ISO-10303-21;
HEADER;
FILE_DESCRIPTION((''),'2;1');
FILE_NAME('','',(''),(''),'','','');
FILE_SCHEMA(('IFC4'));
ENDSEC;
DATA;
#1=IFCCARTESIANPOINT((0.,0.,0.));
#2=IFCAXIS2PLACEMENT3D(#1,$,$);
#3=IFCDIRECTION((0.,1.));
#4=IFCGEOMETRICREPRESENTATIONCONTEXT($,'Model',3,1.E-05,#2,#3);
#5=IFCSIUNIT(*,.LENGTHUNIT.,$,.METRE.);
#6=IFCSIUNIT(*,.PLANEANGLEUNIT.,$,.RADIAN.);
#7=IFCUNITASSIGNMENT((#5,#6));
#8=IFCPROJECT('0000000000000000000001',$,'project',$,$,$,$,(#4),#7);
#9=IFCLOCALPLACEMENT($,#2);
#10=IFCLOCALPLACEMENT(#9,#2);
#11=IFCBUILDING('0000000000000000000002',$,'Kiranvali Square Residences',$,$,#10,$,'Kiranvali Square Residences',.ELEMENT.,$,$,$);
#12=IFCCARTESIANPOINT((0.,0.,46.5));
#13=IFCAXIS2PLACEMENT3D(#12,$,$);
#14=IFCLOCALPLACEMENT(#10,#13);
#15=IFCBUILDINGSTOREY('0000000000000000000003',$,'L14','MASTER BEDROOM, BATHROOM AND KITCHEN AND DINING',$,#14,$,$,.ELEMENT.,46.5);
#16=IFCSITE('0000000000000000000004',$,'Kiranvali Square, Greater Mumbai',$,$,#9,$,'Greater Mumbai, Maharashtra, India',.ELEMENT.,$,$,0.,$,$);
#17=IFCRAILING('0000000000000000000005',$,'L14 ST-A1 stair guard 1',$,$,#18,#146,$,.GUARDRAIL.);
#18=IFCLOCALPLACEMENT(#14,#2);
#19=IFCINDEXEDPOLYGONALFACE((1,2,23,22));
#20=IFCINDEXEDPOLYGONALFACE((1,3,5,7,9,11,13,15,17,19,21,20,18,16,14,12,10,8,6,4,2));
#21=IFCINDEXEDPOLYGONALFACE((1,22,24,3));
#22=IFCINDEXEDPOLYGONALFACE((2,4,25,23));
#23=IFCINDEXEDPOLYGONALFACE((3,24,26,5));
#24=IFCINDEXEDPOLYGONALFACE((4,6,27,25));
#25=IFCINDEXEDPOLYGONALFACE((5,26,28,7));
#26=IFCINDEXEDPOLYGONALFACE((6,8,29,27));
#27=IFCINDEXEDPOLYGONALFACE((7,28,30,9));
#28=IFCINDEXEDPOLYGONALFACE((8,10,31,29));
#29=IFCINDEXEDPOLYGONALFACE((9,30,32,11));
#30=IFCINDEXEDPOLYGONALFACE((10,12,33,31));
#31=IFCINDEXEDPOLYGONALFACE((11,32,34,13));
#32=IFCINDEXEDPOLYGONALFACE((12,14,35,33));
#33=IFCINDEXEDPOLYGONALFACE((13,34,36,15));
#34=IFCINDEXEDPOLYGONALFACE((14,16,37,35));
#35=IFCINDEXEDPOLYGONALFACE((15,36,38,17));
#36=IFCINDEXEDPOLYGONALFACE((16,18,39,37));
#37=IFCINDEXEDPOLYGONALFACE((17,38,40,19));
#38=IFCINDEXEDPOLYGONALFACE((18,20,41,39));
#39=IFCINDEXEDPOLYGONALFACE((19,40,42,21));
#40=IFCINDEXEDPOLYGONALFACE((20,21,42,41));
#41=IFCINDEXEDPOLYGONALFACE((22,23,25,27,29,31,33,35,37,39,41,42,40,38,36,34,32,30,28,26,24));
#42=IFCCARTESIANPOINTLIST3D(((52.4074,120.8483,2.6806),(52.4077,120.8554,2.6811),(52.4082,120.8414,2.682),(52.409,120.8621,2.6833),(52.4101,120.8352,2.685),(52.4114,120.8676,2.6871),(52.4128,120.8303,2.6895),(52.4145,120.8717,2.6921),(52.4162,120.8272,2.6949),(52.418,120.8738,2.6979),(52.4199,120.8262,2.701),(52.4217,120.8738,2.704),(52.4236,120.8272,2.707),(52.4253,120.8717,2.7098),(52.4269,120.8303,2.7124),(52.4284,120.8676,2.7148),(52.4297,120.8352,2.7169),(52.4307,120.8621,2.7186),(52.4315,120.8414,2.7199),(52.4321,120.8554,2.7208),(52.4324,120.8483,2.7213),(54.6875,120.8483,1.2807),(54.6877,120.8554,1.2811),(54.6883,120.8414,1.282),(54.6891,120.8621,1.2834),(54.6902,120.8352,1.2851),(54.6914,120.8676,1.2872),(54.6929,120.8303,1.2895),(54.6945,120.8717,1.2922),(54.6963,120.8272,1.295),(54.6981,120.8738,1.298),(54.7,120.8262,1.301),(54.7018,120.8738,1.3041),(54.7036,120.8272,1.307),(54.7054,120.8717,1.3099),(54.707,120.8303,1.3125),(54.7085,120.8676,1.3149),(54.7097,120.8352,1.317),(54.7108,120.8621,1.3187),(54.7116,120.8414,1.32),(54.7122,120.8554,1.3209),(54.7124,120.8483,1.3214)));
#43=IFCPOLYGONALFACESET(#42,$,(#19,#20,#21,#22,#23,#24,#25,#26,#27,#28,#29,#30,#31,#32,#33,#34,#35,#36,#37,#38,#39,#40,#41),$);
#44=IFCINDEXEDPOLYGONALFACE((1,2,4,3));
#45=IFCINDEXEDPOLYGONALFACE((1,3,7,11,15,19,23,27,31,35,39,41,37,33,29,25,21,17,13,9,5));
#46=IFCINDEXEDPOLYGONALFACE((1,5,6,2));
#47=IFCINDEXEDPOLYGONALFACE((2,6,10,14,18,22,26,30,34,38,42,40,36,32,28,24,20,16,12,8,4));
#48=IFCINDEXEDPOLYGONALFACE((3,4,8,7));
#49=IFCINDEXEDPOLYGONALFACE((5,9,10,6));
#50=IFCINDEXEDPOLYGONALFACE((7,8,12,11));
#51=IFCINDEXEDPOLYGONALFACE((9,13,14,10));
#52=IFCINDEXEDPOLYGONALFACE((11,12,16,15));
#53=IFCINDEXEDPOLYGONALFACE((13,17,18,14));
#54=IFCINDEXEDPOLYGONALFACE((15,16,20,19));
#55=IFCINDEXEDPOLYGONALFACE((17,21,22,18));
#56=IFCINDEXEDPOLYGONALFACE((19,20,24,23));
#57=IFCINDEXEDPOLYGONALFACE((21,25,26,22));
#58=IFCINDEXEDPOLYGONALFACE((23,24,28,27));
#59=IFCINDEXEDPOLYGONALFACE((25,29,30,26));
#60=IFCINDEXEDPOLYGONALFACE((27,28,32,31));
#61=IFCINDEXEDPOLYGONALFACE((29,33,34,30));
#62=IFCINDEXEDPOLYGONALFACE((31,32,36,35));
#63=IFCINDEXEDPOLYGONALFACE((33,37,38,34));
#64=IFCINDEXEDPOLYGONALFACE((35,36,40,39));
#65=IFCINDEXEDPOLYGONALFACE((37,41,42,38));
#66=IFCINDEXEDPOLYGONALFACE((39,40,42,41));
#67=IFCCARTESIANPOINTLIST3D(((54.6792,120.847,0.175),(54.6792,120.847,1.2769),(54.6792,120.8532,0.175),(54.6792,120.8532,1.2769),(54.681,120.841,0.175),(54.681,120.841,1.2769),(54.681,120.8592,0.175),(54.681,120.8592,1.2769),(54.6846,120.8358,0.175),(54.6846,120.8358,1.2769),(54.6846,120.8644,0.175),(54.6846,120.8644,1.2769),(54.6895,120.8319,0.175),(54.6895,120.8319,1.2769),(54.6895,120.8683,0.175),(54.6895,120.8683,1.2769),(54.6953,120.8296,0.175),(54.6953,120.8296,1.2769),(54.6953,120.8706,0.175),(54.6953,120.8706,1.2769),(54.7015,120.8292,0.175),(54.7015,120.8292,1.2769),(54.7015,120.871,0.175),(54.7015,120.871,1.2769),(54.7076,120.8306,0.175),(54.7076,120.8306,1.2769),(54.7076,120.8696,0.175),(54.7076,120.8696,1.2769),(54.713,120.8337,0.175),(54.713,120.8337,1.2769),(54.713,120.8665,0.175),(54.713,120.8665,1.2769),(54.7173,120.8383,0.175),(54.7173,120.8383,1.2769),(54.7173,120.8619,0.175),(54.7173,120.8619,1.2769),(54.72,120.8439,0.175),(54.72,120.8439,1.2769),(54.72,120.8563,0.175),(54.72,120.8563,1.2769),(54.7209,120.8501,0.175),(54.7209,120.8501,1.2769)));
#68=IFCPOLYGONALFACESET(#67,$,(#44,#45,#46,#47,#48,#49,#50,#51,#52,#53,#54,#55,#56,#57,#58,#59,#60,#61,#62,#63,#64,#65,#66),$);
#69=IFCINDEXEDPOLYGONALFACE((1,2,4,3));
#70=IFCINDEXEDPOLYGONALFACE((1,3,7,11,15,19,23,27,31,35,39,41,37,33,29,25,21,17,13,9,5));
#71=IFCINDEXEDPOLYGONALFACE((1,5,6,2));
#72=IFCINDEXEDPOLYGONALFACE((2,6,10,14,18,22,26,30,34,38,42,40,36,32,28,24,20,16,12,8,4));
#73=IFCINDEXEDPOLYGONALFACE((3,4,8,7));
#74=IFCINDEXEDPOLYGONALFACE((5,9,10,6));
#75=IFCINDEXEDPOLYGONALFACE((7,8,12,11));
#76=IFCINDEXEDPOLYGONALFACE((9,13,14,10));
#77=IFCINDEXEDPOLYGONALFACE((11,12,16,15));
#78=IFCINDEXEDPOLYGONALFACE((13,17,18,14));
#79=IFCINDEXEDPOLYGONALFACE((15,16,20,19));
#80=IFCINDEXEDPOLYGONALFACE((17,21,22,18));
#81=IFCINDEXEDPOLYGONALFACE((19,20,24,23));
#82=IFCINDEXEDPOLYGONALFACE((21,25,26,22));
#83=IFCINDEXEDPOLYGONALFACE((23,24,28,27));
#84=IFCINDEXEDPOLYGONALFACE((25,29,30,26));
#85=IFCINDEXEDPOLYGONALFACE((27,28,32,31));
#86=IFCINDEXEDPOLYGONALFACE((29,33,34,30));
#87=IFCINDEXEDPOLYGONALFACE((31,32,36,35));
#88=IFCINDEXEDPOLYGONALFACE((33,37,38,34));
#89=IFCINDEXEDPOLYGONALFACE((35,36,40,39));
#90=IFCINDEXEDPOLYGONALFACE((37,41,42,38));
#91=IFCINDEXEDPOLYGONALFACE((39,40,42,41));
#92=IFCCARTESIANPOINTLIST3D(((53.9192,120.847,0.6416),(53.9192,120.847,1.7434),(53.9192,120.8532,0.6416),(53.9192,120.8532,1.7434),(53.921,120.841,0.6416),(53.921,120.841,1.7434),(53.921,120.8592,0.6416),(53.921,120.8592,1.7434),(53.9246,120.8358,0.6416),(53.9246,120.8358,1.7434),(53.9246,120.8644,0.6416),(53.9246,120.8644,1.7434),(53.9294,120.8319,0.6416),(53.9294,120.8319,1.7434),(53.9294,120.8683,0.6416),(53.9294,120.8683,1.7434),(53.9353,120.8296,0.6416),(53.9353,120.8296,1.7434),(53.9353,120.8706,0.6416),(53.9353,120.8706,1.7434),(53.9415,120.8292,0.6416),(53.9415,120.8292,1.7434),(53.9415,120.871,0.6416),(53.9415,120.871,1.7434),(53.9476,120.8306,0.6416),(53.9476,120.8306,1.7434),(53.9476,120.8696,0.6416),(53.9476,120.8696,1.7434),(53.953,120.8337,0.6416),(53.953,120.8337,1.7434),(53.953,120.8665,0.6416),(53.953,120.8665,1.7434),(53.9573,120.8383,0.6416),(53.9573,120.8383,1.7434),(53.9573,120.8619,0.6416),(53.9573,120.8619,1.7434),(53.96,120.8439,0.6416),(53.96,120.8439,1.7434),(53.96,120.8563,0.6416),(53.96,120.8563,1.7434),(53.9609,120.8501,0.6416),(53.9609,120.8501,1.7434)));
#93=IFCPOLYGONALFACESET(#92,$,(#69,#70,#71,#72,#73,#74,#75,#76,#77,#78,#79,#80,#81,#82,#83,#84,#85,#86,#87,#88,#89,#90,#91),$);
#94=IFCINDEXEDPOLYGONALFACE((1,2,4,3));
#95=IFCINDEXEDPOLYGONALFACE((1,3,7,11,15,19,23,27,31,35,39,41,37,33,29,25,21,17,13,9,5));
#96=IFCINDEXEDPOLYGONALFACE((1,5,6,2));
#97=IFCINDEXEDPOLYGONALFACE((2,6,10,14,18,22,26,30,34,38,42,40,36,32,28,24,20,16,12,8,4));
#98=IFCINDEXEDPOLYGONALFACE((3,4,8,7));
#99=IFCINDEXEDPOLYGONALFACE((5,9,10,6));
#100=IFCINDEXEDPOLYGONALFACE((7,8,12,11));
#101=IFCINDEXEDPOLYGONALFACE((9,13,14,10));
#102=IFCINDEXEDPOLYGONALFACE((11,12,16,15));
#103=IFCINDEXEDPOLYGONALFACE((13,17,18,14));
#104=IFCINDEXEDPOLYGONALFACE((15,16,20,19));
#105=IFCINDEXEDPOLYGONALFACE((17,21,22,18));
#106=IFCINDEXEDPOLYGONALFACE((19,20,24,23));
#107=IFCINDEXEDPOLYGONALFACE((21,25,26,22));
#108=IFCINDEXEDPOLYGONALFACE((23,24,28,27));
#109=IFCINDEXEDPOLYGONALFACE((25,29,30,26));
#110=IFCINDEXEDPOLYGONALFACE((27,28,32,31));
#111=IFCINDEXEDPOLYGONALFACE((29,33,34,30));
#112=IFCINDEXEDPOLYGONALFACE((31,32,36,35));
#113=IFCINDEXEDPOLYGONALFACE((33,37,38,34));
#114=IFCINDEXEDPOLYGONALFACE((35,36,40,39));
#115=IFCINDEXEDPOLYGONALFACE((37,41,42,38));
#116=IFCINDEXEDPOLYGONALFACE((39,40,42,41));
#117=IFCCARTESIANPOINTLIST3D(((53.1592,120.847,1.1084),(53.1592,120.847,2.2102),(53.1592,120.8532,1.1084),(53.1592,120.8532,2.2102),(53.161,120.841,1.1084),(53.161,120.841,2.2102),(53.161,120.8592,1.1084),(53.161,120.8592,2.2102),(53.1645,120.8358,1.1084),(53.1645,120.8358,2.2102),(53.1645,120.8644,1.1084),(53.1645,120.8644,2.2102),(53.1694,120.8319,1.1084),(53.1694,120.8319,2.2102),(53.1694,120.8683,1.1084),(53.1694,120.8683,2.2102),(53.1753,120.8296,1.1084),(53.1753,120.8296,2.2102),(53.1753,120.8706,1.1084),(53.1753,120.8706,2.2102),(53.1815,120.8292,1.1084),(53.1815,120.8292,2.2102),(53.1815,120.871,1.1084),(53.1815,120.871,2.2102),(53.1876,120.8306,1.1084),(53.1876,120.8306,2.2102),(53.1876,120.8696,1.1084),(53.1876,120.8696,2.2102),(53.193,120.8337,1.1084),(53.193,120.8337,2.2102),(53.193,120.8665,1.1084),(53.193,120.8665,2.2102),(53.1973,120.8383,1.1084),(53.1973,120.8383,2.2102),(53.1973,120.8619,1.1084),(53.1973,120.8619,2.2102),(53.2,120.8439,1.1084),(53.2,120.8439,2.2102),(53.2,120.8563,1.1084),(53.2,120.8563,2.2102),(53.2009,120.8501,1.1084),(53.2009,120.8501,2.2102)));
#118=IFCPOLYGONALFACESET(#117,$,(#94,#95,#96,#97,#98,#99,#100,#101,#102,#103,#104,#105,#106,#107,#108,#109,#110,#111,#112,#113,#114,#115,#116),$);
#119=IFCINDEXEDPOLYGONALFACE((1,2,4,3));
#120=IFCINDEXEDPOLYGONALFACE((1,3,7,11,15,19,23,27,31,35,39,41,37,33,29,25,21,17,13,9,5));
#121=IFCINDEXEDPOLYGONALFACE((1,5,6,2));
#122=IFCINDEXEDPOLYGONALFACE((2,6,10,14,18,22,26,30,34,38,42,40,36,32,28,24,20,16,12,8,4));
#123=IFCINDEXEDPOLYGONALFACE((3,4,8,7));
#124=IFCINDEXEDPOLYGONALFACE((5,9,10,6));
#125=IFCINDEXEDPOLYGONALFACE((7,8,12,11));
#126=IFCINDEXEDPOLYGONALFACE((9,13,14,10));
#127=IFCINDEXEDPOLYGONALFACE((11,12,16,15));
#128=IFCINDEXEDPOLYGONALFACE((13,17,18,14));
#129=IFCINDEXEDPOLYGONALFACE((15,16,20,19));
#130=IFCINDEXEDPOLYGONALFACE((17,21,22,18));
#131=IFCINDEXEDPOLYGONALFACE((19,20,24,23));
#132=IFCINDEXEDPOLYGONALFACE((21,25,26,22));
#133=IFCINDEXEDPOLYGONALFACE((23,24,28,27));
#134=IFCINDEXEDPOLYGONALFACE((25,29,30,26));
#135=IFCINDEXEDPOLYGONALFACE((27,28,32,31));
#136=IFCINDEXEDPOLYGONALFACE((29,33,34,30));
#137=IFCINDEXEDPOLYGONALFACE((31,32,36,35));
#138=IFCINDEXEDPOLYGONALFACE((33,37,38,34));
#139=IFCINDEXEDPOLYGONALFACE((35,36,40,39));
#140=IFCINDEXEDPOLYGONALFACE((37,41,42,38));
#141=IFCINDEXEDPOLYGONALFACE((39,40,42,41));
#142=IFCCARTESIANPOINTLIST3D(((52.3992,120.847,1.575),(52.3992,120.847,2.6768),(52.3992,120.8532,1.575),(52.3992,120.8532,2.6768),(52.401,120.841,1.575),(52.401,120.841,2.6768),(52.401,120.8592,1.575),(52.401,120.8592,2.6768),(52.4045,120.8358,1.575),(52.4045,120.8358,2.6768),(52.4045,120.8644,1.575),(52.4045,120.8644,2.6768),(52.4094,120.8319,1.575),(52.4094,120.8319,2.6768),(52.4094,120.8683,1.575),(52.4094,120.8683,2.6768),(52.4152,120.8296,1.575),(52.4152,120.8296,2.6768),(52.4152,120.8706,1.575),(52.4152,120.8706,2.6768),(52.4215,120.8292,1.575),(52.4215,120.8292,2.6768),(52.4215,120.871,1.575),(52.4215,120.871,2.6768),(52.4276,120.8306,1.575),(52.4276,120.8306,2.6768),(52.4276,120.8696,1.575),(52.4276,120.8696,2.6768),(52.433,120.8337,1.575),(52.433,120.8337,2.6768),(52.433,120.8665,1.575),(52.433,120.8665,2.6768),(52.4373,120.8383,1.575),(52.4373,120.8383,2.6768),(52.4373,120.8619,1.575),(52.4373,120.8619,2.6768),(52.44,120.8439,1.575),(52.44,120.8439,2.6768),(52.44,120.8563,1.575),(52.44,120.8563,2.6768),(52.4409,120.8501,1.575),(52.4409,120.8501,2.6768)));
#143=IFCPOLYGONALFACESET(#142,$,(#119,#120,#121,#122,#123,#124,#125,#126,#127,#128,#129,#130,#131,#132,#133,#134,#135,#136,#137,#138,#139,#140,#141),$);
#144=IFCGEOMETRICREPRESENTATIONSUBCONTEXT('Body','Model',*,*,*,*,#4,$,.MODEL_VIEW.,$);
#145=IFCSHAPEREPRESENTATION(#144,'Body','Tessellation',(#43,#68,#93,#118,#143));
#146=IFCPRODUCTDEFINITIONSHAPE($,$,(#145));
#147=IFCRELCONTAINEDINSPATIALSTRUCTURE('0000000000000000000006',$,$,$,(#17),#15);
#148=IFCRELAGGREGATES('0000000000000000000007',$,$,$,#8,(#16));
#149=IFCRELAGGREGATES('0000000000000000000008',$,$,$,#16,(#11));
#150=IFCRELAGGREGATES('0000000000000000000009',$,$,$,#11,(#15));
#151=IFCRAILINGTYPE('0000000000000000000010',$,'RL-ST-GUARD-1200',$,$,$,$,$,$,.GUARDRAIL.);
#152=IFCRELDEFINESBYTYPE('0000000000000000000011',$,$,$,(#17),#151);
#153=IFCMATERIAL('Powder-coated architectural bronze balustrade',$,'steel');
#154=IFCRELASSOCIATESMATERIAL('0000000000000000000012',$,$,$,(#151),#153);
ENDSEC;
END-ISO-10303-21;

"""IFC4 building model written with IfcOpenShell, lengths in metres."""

from ifc_helpers import new_model, si_unit, direction, frame, origin, origin_2d, place, context, subcontext, project, spatial, circle, extrude, material, type_object, element, save


model = new_model("IFC4")

# Units and contexts
model_context = context("Model", 3, precision=1e-05, world=origin(), true_north=direction((0.0, 1.0)))
body_context = subcontext(model_context, "Body", "Model", "MODEL_VIEW")
ifc_project = project(units=[si_unit("LENGTHUNIT", "METRE"), si_unit("PLANEANGLEUNIT", "RADIAN")], contexts=[model_context])

# Site, building, storey
site_placement = place(None, origin())
site = spatial("IfcSite", under=ifc_project, at=site_placement, Name="Kiranvali Square, Greater Mumbai", LongName="Greater Mumbai, Maharashtra, India", CompositionType="ELEMENT", RefElevation=0.0)
building_placement = place(site_placement, origin())
building = spatial("IfcBuilding", under=site, at=building_placement, Name="Kiranvali Square Residences", LongName="Kiranvali Square Residences", CompositionType="ELEMENT")
storey_placement = place(building_placement, frame((0.0, 0.0, 46.5)))
storey = spatial("IfcBuildingStorey", under=building, at=storey_placement, Name="L14", Description="MASTER BEDROOM, BATHROOM AND KITCHEN AND DINING", CompositionType="ELEMENT", Elevation=46.5)

# Railing
ifc_material_1 = material(Name="Powder-coated architectural bronze balustrade", Category="steel")
railing_type_1 = type_object("IfcRailingType", Name="RL-ST-GUARD-1200", PredefinedType="GUARDRAIL", material=ifc_material_1)
railing_1_placement = place(storey_placement, frame((54.7, 120.8501, 0.175)))
element("IfcRailing", 1, at=railing_1_placement, inside=storey, type_object=railing_type_1, Name="L14 ST-A1 stair guard 1", PredefinedType="GUARDRAIL", context=body_context, shape_type="SweptSolid", body=[
    extrude(circle(Radius=0.0239, at=origin_2d()), frame((0.0, 0.0, 1.126), z_axis=(-0.85219, 0.0, 0.523232), x_axis=(0.0, -1.0, 0.0)), (0.0, 0.0, 1.0), 2.6755),
    extrude(circle(Radius=0.021, at=origin_2d()), origin(), (0.0, 0.0, 1.0), 1.1018),
    extrude(circle(Radius=0.021, at=origin_2d()), frame((-0.76, 0.0, 0.4666)), (0.0, 0.0, 1.0), 1.1018),
    extrude(circle(Radius=0.021, at=origin_2d()), frame((-1.52, 0.0, 0.9333)), (0.0, 0.0, 1.0), 1.1018),
    extrude(circle(Radius=0.021, at=origin_2d()), frame((-2.28, 0.0, 1.3999)), (0.0, 0.0, 1.0), 1.1018),
])

save(model, "model.ifc")
